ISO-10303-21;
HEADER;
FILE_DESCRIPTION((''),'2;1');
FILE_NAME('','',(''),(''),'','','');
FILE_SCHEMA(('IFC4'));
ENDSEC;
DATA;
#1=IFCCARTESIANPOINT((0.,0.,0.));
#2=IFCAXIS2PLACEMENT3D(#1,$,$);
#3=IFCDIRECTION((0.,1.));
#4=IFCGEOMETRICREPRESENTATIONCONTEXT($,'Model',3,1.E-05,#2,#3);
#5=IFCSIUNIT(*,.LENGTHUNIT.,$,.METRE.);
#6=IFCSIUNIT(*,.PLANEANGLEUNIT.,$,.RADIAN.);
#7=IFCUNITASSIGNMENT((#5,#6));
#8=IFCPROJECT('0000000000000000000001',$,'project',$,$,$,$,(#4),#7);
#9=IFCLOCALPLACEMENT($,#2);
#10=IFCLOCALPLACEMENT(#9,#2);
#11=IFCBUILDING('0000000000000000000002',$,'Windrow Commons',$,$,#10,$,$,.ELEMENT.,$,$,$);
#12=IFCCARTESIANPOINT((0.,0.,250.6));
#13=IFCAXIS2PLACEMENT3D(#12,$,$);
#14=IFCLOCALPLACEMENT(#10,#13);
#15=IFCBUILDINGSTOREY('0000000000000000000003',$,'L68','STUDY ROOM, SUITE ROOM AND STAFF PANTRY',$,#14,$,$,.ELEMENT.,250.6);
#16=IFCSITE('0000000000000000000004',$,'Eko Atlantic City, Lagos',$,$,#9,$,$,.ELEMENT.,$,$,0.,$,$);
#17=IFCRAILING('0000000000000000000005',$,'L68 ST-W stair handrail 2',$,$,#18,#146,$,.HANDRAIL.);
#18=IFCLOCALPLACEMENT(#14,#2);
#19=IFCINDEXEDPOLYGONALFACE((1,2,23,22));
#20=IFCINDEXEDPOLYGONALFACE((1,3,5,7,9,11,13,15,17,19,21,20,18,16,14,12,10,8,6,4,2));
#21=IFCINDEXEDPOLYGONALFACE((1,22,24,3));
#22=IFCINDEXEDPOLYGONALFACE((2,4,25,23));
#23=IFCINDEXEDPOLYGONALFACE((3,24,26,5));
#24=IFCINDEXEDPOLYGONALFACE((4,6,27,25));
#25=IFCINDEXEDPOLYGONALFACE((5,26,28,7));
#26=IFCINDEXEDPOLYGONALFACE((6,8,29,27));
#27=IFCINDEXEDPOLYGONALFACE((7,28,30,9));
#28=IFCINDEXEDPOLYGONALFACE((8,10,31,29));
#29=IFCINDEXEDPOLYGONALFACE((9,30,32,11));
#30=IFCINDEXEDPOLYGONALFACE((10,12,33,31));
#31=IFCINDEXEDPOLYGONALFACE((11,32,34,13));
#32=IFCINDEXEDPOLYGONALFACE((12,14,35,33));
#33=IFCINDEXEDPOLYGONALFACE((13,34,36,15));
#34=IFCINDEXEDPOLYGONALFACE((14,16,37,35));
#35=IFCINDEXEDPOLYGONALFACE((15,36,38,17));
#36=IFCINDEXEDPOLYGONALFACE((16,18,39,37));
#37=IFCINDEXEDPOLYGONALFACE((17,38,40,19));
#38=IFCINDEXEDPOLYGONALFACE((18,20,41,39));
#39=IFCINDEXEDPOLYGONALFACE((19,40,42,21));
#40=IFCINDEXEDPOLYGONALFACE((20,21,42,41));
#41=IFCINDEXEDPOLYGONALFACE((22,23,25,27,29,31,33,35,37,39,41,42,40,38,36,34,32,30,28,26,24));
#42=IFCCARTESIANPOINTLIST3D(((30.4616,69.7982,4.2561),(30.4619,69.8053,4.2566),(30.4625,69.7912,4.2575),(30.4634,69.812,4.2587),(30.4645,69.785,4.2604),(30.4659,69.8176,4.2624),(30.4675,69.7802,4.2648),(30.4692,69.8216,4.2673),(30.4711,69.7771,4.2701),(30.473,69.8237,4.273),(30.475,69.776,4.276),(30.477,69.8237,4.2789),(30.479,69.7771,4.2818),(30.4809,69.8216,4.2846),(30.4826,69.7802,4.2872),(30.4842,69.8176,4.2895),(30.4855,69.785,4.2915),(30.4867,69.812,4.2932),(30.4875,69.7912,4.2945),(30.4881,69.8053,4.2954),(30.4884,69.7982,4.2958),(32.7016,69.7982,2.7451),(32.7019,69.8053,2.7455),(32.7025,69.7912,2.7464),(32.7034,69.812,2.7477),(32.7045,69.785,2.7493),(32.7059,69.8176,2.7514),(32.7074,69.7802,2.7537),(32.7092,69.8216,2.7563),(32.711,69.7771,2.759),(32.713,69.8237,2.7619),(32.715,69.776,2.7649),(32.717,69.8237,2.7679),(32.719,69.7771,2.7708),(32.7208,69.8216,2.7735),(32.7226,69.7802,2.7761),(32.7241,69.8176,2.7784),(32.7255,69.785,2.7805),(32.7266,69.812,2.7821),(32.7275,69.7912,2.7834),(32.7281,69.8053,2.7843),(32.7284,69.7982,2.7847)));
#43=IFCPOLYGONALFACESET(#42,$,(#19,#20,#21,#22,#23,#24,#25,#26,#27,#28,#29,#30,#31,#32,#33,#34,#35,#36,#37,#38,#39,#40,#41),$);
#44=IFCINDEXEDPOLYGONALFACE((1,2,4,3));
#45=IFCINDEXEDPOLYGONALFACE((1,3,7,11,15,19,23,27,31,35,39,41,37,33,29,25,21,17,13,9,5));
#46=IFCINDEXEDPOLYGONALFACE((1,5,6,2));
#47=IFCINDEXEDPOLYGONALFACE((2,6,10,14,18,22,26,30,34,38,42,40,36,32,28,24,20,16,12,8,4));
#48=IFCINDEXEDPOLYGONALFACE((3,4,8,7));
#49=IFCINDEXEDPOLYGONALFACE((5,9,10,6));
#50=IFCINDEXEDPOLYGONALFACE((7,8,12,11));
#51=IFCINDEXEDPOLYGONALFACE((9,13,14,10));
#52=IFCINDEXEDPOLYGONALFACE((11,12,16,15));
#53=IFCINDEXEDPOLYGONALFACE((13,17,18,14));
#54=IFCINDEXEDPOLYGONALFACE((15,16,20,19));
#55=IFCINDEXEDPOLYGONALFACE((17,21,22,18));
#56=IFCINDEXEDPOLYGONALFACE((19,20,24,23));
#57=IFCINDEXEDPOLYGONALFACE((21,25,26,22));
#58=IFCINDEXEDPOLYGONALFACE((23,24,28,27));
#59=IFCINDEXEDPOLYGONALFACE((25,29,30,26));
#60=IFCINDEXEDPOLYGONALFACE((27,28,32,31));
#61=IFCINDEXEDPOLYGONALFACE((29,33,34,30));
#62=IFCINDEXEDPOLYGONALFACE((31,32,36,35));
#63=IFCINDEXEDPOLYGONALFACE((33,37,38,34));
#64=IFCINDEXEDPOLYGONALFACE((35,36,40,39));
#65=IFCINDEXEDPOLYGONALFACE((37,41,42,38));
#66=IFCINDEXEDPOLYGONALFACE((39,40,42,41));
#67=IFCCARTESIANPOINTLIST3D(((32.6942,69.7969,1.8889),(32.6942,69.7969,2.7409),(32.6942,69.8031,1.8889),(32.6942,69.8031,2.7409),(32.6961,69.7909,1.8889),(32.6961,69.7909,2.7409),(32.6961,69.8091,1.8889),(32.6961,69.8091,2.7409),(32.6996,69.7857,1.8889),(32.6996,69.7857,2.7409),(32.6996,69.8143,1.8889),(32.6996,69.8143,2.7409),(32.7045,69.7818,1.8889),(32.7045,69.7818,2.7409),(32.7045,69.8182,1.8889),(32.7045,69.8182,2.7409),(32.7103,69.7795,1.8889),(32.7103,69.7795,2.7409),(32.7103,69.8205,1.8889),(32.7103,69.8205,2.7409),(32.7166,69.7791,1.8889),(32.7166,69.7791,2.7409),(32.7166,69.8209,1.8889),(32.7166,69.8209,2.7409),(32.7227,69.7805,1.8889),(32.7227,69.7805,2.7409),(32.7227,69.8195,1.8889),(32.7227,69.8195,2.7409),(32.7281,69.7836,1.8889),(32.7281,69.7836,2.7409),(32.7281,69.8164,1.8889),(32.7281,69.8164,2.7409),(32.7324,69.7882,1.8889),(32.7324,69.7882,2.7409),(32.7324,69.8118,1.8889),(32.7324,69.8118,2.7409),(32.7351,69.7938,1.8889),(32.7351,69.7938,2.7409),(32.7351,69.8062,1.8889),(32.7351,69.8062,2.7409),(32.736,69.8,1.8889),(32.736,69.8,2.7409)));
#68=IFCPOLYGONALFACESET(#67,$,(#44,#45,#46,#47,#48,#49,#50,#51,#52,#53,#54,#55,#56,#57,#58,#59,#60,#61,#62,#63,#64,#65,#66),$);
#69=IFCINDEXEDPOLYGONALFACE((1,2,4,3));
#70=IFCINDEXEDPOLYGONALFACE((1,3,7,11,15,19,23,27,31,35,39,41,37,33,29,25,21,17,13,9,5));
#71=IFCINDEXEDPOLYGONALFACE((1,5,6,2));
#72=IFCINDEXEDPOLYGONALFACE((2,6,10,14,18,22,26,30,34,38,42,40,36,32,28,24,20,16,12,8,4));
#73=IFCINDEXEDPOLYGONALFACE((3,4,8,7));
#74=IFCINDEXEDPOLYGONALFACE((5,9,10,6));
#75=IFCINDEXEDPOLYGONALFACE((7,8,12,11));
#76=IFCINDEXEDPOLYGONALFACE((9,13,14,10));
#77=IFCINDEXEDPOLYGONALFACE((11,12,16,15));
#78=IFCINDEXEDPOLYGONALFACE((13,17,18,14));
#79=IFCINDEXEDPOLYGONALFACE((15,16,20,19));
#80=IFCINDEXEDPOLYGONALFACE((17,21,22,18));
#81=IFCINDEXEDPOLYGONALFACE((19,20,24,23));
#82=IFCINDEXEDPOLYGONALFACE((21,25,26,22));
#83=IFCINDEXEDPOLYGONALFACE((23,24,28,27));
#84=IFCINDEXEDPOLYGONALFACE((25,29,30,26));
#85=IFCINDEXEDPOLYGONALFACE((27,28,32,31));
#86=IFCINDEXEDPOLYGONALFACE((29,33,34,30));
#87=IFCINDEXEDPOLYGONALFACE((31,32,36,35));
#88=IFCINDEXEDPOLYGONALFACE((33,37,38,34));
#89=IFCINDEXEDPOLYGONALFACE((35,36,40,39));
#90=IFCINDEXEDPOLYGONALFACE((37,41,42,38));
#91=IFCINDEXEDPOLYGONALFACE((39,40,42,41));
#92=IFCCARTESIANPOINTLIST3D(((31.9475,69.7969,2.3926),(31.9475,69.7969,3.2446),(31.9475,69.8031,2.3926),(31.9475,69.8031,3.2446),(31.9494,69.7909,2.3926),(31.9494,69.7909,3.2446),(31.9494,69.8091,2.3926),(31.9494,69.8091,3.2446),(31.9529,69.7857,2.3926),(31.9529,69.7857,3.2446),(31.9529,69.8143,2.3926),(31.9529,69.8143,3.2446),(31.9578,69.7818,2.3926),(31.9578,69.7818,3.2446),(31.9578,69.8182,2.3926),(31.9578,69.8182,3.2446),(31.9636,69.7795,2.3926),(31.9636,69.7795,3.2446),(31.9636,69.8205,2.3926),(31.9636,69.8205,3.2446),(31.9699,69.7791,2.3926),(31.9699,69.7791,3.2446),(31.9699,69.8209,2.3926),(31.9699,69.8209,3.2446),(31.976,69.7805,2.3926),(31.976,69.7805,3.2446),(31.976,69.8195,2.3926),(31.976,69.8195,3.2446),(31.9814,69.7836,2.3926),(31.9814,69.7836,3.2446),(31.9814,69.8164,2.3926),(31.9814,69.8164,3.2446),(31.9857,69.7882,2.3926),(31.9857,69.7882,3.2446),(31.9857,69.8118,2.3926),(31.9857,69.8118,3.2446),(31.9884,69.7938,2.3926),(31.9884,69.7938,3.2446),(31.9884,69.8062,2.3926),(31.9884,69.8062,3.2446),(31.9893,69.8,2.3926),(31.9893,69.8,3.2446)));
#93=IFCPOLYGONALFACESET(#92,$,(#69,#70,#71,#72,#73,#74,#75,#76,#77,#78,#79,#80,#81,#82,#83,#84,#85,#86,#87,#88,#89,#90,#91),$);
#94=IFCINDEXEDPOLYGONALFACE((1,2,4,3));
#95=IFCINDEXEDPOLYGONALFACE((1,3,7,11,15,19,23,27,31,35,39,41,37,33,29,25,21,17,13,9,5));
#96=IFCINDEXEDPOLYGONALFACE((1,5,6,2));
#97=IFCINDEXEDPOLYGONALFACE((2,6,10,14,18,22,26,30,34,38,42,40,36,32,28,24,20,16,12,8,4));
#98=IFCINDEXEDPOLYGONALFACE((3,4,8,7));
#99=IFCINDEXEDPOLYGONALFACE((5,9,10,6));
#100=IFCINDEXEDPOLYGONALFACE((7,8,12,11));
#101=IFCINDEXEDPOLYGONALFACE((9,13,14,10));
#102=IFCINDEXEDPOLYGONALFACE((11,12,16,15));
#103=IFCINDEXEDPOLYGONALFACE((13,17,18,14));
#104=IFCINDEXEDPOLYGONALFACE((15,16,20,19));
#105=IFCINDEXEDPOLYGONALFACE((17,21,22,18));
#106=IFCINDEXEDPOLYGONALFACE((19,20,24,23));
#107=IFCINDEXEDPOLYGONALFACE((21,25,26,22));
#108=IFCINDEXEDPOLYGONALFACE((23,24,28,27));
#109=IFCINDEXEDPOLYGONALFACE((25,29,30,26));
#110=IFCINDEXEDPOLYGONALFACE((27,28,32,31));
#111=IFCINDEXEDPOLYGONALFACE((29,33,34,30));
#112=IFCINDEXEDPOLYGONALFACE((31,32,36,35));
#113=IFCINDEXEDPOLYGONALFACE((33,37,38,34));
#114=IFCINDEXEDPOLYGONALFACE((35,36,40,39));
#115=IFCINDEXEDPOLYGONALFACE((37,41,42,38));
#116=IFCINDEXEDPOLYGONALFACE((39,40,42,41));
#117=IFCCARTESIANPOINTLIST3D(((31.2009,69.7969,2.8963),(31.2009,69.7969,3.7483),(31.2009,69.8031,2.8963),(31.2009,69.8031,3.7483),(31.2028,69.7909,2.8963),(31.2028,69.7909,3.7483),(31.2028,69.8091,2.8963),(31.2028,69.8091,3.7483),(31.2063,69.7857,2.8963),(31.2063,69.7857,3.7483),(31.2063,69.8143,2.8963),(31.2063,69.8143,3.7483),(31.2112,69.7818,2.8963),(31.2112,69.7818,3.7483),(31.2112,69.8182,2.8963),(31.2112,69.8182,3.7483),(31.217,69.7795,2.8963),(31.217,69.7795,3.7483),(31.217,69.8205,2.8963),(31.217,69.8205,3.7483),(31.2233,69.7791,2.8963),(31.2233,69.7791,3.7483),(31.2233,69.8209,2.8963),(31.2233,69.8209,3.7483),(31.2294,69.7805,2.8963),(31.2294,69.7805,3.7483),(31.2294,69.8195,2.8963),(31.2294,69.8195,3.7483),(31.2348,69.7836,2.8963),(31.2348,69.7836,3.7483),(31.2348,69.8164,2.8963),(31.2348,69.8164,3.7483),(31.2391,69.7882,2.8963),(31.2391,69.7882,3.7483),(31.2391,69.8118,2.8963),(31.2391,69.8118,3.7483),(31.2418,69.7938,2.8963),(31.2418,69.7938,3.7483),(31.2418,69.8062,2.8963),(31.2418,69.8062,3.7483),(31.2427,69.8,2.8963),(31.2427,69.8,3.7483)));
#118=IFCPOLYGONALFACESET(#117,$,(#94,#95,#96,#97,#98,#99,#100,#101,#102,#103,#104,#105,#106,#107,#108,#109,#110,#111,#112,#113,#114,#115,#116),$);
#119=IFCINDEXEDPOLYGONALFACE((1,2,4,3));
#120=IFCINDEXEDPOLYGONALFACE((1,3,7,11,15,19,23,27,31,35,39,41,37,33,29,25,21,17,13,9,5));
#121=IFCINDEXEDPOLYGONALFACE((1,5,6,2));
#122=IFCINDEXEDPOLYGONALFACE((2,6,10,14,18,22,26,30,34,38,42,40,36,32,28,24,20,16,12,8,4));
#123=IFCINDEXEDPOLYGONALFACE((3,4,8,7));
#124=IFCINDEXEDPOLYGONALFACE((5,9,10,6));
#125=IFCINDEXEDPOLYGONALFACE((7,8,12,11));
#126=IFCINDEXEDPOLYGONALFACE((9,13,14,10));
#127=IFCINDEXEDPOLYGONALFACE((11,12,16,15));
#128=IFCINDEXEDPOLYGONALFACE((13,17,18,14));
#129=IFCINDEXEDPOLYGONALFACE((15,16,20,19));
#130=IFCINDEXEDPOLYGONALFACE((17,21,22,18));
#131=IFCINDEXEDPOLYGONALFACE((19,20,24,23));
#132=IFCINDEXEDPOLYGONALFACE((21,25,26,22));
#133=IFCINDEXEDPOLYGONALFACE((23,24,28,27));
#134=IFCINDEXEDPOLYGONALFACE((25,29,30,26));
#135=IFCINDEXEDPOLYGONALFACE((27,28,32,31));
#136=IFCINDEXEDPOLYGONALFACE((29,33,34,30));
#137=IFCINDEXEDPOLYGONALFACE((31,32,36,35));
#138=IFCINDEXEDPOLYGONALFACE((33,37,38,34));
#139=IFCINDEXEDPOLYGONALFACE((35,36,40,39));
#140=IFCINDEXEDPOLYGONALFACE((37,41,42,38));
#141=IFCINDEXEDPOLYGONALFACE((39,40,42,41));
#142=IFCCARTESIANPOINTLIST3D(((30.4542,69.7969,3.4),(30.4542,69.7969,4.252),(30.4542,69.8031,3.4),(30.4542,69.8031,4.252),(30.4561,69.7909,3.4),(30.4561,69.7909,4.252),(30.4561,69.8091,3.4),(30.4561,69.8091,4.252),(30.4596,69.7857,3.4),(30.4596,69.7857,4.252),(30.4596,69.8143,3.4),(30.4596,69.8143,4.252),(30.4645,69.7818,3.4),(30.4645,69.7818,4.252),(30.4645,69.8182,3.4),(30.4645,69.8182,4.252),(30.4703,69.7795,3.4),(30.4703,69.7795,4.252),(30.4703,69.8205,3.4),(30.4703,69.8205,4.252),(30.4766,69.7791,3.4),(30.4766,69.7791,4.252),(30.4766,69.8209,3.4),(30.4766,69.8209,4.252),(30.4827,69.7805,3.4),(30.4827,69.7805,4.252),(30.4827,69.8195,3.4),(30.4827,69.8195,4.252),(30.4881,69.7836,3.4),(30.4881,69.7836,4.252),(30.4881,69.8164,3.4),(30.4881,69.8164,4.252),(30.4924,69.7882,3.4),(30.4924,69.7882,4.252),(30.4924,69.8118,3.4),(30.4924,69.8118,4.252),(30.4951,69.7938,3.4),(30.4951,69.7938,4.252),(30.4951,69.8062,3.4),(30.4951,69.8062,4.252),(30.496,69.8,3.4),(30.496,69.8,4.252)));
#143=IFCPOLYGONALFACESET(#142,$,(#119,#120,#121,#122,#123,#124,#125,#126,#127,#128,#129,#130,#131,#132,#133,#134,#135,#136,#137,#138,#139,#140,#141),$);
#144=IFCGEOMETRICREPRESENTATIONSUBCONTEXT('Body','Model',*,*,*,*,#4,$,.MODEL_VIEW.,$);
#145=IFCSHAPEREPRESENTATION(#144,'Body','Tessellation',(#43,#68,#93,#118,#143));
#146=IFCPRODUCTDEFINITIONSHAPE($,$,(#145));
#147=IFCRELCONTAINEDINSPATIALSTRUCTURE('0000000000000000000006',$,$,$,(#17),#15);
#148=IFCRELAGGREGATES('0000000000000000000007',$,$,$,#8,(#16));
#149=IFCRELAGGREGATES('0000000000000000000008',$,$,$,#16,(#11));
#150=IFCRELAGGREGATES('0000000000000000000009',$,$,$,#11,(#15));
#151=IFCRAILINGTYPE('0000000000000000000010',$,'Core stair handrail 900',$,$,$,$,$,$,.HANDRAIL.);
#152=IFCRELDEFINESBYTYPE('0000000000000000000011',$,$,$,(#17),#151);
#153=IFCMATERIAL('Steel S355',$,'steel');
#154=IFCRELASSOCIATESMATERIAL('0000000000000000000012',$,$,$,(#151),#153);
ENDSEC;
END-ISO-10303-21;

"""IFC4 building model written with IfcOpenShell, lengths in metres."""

from ifc_helpers import new_model, si_unit, direction, frame, origin, origin_2d, place, context, subcontext, project, spatial, circle, extrude, material, type_object, element, save


model = new_model("IFC4")

# Units and contexts
model_context = context("Model", 3, precision=1e-05, world=origin(), true_north=direction((0.0, 1.0)))
body_context = subcontext(model_context, "Body", "Model", "MODEL_VIEW")
ifc_project = project(units=[si_unit("LENGTHUNIT", "METRE"), si_unit("PLANEANGLEUNIT", "RADIAN")], contexts=[model_context])

# Site, building, storey
site_placement = place(None, origin())
site = spatial("IfcSite", under=ifc_project, at=site_placement, Name="Eko Atlantic City, Lagos", CompositionType="ELEMENT", RefElevation=0.0)
building_placement = place(site_placement, origin())
building = spatial("IfcBuilding", under=site, at=building_placement, Name="Windrow Commons", CompositionType="ELEMENT")
storey_placement = place(building_placement, frame((0.0, 0.0, 250.6)))
storey = spatial("IfcBuildingStorey", under=building, at=storey_placement, Name="L68", Description="STUDY ROOM, SUITE ROOM AND STAFF PANTRY", CompositionType="ELEMENT", Elevation=250.6)

# Railing
ifc_material_1 = material(Name="Steel S355", Category="steel")
railing_type_1 = type_object("IfcRailingType", Name="Core stair handrail 900", PredefinedType="HANDRAIL", material=ifc_material_1)
railing_1_placement = place(storey_placement, frame((32.715, 69.8, 1.8889)))
element("IfcRailing", 1, at=railing_1_placement, inside=storey, type_object=railing_type_1, Name="L68 ST-W stair handrail 2", PredefinedType="HANDRAIL", context=body_context, shape_type="SweptSolid", body=[
    extrude(circle(Radius=0.024, at=origin_2d()), frame((0.0, 0.0, 0.876), z_axis=(-0.829003, 0.0, 0.559244), x_axis=(0.0, -1.0, 0.0)), (0.0, 0.0, 1.0), 2.702),
    extrude(circle(Radius=0.021, at=origin_2d()), origin(), (0.0, 0.0, 1.0), 0.852),
    extrude(circle(Radius=0.021, at=origin_2d()), frame((-0.7467, 0.0, 0.5037)), (0.0, 0.0, 1.0), 0.852),
    extrude(circle(Radius=0.021, at=origin_2d()), frame((-1.4933, 0.0, 1.0074)), (0.0, 0.0, 1.0), 0.852),
    extrude(circle(Radius=0.021, at=origin_2d()), frame((-2.24, 0.0, 1.5111)), (0.0, 0.0, 1.0), 0.852),
])

save(model, "model.ifc")
